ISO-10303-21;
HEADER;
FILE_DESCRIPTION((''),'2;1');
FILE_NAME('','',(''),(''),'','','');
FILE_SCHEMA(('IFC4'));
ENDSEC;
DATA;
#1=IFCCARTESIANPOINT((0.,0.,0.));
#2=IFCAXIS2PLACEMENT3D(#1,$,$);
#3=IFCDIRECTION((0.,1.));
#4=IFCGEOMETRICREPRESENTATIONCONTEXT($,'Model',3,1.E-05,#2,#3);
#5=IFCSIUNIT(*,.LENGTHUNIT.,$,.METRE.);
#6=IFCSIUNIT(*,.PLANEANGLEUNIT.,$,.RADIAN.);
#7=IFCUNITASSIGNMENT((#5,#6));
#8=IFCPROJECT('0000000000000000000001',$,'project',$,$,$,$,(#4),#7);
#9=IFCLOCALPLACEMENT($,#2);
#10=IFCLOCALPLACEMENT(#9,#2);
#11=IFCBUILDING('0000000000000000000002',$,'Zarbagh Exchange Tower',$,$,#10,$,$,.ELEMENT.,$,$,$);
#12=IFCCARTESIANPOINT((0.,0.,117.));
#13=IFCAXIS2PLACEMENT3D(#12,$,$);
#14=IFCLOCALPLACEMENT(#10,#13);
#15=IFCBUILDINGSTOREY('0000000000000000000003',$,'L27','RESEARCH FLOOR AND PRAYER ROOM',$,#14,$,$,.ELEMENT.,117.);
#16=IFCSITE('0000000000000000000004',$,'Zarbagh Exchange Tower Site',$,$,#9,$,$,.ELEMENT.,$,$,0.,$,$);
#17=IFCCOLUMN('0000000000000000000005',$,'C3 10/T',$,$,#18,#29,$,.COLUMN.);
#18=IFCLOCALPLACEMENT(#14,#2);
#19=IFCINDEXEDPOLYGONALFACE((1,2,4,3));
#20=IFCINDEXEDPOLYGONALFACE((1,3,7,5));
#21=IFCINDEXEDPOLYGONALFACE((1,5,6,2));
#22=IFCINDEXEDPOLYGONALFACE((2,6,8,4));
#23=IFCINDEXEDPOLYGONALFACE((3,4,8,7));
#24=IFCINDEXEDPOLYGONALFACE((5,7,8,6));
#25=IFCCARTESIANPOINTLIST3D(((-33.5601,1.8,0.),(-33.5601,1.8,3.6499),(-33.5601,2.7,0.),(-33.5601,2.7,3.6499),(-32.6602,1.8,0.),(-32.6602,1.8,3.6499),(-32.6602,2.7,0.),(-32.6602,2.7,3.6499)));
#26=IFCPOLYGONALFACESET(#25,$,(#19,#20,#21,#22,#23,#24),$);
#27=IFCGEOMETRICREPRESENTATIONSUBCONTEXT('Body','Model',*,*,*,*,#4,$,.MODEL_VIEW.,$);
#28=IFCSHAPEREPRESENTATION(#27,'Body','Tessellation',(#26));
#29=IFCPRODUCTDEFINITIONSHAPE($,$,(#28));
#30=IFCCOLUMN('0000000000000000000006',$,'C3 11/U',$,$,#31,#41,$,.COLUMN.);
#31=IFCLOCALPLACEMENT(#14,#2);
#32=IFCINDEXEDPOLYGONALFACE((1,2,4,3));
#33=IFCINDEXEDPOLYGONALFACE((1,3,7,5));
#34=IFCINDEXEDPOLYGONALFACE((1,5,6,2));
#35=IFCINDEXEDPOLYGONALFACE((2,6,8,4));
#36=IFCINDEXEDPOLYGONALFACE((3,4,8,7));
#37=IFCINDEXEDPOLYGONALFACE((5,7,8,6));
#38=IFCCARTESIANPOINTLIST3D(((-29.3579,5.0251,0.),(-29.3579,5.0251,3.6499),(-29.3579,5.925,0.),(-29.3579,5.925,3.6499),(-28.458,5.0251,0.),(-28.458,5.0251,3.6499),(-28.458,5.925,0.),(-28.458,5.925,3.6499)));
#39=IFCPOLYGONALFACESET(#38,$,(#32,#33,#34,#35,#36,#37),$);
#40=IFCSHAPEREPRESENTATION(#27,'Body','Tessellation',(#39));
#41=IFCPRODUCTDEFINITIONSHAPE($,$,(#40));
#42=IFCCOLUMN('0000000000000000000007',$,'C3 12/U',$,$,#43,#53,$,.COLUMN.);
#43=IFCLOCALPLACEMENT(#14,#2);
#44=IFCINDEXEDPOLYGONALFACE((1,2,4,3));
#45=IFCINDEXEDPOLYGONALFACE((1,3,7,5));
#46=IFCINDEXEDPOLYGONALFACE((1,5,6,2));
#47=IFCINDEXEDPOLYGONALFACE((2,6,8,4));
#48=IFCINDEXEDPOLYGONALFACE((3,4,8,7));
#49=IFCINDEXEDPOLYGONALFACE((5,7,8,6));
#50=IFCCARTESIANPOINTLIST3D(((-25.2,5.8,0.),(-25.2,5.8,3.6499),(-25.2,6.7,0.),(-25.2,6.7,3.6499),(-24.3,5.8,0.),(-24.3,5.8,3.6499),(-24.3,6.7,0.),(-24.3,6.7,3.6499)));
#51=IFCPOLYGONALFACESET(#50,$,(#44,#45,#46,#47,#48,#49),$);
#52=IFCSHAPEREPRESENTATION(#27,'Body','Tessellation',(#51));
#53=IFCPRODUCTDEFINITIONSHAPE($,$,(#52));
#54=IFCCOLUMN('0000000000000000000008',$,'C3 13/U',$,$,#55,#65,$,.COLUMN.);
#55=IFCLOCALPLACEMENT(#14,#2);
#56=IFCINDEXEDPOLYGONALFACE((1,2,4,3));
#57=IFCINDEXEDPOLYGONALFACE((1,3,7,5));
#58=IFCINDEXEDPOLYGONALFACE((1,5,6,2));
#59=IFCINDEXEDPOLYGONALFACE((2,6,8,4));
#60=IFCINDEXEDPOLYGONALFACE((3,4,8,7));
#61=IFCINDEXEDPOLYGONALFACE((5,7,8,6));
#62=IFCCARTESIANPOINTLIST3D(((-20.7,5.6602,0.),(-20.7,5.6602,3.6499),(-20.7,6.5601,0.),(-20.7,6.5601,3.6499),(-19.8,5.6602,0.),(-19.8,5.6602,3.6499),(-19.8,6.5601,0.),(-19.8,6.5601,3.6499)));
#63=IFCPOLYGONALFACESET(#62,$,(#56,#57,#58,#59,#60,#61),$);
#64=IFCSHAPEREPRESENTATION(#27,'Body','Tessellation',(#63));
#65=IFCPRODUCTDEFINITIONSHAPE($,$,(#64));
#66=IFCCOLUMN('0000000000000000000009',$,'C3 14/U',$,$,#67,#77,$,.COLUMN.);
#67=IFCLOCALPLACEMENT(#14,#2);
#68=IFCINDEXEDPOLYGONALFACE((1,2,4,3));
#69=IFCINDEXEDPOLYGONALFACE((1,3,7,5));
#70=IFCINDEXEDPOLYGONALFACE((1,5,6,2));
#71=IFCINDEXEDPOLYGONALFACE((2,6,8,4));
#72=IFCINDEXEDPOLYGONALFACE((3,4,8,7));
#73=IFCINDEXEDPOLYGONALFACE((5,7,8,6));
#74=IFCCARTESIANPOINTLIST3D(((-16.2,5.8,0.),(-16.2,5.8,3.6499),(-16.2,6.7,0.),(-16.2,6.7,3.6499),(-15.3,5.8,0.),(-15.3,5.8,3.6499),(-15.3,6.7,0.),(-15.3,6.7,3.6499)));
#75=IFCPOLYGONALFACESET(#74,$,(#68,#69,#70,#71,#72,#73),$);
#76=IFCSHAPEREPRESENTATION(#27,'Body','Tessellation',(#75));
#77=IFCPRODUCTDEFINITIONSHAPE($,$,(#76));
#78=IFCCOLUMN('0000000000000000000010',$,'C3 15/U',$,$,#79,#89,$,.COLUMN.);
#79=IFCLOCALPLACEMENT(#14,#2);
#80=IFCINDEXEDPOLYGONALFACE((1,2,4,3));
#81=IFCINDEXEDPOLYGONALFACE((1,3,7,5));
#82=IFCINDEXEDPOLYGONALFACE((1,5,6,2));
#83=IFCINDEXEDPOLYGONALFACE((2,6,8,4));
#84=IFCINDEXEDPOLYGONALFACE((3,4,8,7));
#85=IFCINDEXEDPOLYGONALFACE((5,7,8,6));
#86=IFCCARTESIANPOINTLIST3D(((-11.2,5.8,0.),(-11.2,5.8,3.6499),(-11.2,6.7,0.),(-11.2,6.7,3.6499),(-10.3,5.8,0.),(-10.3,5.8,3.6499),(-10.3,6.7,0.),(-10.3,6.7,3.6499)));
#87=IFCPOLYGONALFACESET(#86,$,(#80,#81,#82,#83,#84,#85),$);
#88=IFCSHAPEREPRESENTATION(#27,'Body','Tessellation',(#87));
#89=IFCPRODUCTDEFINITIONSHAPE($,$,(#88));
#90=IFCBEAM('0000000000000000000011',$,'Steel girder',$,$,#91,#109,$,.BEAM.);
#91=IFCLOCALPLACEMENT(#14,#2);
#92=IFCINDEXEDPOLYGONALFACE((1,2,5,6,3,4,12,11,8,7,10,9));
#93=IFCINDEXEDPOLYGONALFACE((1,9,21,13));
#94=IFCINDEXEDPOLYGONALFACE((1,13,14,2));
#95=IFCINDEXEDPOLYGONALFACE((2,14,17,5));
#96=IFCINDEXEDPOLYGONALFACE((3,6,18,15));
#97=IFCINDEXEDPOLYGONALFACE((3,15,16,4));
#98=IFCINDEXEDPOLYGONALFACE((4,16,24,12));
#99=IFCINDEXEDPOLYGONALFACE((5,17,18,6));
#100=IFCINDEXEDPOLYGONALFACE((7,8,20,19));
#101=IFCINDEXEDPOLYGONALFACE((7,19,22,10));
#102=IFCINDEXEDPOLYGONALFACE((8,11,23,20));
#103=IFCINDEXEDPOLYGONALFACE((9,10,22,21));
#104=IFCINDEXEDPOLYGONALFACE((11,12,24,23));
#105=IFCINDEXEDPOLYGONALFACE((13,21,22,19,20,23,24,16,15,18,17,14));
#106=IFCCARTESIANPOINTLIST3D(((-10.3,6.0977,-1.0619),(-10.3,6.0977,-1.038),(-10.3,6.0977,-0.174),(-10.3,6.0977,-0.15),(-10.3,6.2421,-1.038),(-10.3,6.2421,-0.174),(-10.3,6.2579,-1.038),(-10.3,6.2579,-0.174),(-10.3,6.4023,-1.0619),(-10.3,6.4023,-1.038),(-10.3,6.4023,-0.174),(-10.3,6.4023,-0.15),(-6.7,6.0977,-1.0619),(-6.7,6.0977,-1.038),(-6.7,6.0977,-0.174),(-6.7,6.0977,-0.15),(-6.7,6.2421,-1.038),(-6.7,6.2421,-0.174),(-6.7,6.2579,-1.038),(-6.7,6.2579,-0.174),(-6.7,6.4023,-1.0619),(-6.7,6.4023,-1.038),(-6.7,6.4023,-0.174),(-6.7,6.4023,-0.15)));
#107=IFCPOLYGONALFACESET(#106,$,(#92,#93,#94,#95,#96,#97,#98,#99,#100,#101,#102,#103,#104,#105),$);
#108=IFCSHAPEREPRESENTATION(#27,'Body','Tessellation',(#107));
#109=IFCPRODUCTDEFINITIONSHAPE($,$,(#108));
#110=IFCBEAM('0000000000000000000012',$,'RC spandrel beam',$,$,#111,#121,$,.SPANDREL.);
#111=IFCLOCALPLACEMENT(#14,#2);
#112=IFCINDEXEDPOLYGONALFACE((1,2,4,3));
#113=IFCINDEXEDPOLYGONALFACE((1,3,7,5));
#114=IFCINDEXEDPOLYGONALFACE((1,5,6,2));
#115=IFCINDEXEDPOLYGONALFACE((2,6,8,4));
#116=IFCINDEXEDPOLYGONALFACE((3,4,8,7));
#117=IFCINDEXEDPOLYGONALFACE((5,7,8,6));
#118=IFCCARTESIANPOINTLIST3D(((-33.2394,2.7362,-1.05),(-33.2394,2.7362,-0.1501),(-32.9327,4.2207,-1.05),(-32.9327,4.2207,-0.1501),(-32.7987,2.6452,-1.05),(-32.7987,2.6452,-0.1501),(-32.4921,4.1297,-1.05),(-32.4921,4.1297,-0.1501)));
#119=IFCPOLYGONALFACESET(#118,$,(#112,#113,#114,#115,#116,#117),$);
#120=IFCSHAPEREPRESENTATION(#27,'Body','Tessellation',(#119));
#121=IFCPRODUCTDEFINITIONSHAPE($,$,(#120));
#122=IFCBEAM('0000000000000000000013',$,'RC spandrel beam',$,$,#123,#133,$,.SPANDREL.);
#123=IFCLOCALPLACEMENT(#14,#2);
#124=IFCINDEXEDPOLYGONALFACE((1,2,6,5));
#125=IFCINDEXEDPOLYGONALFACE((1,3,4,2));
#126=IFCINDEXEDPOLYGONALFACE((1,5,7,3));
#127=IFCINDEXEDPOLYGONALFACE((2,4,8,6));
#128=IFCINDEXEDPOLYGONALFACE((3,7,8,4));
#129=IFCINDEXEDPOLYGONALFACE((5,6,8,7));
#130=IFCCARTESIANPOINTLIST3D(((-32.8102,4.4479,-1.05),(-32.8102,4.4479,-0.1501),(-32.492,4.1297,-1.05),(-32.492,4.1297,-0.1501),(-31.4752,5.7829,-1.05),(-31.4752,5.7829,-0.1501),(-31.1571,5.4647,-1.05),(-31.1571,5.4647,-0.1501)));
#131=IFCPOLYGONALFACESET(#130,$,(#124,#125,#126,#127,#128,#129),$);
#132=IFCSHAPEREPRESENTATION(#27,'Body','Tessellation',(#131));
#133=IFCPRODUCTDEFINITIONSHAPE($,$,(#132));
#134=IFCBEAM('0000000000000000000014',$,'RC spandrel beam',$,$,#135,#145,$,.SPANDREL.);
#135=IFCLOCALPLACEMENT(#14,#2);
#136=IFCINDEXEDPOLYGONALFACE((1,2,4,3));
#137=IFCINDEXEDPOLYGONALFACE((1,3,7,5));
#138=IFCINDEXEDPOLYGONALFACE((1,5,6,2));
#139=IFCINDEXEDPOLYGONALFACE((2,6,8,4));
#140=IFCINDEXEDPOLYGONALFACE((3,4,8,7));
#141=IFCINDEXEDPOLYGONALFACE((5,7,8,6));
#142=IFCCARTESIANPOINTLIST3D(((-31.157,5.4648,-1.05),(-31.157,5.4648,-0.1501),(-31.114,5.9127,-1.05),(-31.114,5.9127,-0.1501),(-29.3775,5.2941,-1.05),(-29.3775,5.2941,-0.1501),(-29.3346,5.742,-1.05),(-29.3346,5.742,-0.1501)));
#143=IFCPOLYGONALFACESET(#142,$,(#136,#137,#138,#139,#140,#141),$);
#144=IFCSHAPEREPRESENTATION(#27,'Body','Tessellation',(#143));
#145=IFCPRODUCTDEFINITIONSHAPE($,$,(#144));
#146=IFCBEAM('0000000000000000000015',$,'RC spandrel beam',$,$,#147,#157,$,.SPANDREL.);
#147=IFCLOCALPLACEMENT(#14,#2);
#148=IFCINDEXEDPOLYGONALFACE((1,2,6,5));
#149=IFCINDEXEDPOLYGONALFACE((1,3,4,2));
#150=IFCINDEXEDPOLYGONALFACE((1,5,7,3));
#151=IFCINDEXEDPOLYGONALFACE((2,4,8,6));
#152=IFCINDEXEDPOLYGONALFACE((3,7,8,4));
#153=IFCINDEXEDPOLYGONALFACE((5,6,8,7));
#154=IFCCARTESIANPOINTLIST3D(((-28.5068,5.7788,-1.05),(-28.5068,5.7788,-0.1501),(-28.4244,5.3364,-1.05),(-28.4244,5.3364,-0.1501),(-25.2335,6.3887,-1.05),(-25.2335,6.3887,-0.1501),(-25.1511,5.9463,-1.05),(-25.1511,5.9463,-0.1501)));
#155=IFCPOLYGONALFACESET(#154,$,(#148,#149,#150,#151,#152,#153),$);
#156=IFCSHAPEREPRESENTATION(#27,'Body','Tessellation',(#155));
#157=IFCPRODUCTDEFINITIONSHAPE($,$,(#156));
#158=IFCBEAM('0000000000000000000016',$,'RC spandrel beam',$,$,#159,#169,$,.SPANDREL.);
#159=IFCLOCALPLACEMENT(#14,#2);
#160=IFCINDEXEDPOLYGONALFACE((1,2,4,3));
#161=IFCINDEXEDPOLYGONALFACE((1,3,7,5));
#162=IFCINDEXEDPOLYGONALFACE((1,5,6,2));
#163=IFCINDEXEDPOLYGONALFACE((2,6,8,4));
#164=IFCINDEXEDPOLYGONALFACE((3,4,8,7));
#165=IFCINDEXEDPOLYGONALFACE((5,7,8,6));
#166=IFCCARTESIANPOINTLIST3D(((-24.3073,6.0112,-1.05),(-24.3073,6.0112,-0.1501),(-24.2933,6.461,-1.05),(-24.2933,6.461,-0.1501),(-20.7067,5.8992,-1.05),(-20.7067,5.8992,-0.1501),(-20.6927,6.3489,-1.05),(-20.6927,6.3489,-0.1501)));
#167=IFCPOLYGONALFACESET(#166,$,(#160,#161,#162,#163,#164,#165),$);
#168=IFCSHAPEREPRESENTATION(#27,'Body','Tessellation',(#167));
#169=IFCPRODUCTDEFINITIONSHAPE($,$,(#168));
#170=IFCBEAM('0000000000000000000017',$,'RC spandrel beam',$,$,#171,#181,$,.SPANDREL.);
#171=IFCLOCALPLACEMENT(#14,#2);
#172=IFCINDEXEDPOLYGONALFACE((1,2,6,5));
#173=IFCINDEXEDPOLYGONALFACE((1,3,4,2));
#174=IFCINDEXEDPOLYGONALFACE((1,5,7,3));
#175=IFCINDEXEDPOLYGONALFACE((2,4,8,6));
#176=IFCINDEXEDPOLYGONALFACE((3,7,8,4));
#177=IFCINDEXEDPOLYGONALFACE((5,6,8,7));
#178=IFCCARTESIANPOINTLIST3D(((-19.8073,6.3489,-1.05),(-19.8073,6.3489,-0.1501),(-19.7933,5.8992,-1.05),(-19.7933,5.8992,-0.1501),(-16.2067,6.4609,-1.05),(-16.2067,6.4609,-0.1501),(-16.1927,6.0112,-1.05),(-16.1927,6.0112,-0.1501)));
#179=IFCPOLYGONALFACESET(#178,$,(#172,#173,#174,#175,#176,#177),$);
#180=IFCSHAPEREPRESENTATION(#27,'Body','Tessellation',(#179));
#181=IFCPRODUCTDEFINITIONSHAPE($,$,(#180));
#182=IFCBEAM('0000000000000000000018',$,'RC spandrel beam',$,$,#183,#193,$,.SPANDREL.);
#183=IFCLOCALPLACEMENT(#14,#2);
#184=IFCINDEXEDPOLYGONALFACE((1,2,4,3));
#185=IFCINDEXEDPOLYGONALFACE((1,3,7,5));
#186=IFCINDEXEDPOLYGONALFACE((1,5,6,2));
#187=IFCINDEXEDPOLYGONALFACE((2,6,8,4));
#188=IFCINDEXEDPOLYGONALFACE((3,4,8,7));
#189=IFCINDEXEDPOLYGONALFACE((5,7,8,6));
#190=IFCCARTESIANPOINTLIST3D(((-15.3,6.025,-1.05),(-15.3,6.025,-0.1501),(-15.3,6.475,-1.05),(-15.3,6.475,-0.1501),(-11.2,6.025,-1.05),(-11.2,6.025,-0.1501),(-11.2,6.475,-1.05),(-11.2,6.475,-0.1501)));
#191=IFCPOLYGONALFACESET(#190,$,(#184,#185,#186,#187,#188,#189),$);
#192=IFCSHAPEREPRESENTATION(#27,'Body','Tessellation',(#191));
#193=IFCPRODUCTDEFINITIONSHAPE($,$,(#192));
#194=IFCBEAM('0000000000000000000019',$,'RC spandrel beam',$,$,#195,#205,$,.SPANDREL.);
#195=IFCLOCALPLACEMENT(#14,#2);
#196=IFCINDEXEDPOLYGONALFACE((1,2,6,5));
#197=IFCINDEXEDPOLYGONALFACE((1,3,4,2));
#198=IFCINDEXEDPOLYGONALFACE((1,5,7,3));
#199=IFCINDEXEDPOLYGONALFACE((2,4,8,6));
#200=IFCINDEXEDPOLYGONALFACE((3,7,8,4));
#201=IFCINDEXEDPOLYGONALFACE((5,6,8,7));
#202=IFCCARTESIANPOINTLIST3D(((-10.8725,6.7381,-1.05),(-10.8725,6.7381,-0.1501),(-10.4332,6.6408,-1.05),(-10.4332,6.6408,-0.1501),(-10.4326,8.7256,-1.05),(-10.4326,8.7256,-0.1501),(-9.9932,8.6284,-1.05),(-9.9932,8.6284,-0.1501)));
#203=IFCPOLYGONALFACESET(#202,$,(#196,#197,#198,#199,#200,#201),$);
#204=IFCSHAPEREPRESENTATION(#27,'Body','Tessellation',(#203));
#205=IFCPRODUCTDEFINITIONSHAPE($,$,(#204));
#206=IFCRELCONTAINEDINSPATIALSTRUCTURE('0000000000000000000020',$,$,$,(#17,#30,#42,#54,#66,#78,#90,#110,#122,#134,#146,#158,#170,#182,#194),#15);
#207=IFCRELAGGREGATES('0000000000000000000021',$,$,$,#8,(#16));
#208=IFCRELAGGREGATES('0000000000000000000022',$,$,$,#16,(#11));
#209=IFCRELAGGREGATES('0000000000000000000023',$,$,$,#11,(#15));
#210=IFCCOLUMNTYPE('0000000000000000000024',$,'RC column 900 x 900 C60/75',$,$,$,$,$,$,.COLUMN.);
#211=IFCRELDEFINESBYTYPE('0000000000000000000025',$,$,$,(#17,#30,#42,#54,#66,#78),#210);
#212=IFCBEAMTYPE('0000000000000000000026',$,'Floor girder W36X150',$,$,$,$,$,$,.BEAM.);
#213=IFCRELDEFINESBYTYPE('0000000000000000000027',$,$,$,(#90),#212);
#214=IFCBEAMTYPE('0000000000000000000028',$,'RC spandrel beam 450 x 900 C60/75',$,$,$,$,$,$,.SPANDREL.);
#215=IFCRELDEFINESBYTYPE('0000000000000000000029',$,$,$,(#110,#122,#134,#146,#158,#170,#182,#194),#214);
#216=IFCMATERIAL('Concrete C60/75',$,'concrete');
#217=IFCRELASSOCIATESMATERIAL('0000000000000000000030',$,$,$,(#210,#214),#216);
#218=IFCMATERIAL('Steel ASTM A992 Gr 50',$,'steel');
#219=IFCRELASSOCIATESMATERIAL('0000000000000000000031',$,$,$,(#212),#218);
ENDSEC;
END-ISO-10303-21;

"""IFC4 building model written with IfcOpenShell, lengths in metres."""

from ifc_helpers import new_model, si_unit, direction, frame, origin, origin_2d, place, context, subcontext, project, spatial, rectangle, i_section, extrude, material, material_profile, profile_set, type_object, element, save


model = new_model("IFC4")

# Units and contexts
model_context = context("Model", 3, precision=1e-05, world=origin(), true_north=direction((0.0, 1.0)))
body_context = subcontext(model_context, "Body", "Model", "MODEL_VIEW")
ifc_project = project(units=[si_unit("LENGTHUNIT", "METRE"), si_unit("PLANEANGLEUNIT", "RADIAN")], contexts=[model_context])

# Site, building, storey
site_placement = place(None, origin())
site = spatial("IfcSite", under=ifc_project, at=site_placement, Name="Zarbagh Exchange Tower Site", CompositionType="ELEMENT", RefElevation=0.0)
building_placement = place(site_placement, origin())
building = spatial("IfcBuilding", under=site, at=building_placement, Name="Zarbagh Exchange Tower", CompositionType="ELEMENT")
storey_placement = place(building_placement, frame((0.0, 0.0, 117.0)))
storey = spatial("IfcBuildingStorey", under=building, at=storey_placement, Name="L27", Description="RESEARCH FLOOR AND PRAYER ROOM", CompositionType="ELEMENT", Elevation=117.0)

# Columns
ifc_material_1 = material(Name="Concrete C60/75", Category="concrete")
ifc_material_profile_1 = material_profile(ifc_material_1, rectangle(XDim=0.8999, YDim=0.8999, at=origin_2d()), Name="RC column 900 x 900 C60/75")
ifc_profile_set_1 = profile_set([ifc_material_profile_1], Name="Concrete C60/75")
column_type = type_object("IfcColumnType", Name="RC column 900 x 900 C60/75", PredefinedType="COLUMN", material=ifc_profile_set_1)
for number, where, z_axis, x_axis, name in (
    (1, (-33.1101, 2.25, 0.0), (0.0, 0.0, 1.0), (1.0, 0.0, 0.0), "C3 10/T"),
    (2, (-28.908, 5.4751, 0.0), (0.0, 0.0, 1.0), (1.0, 0.0, 0.0), "C3 11/U"),
    (3, (-24.75, 6.25, 0.0), (0.0, 0.0, 1.0), (1.0, 0.0, 0.0), "C3 12/U"),
    (4, (-20.25, 6.1101, 0.0), (0.0, 0.0, 1.0), (1.0, 0.0, 0.0), "C3 13/U"),
    (5, (-15.75, 6.25, 0.0), (0.0, 0.0, 1.0), (1.0, 0.0, 0.0), "C3 14/U"),
    (6, (-10.75, 6.25, 0.0), (0.0, 0.0, 1.0), (1.0, 0.0, 0.0), "C3 15/U"),
):
    element("IfcColumn", number, at=place(storey_placement, frame(where, z_axis=z_axis, x_axis=x_axis)), inside=storey, type_object=column_type, Name=name, PredefinedType="COLUMN", context=body_context, shape_type="SweptSolid", body=[
        extrude(rectangle(XDim=0.8999, YDim=0.8999, at=origin_2d()), origin(), (0.0, 0.0, 1.0), 3.6499),
    ])

# Beams
ifc_material_2 = material(Name="Steel ASTM A992 Gr 50", Category="steel")
ifc_material_profile_2 = material_profile(ifc_material_2, i_section(OverallWidth=0.3047, OverallDepth=0.9119, WebThickness=0.0159, FlangeThickness=0.0239, at=origin_2d()), Name="W36X150")
ifc_profile_set_2 = profile_set([ifc_material_profile_2], Name="Steel ASTM A992 Gr 50")
beam_type_1 = type_object("IfcBeamType", Name="Floor girder W36X150", PredefinedType="BEAM", material=ifc_profile_set_2)
beam_1_placement = place(storey_placement, frame((-10.3, 6.25, -0.606), z_axis=(1.0, 0.0, 0.0), x_axis=(0.0, 1.0, 0.0)))
element("IfcBeam", 7, at=beam_1_placement, inside=storey, type_object=beam_type_1, Name="Steel girder", PredefinedType="BEAM", context=body_context, shape_type="SweptSolid", body=[
    extrude(i_section(OverallWidth=0.3047, OverallDepth=0.9119, WebThickness=0.0159, FlangeThickness=0.0239, at=origin_2d()), origin(), (0.0, 0.0, 1.0), 3.6001),
])
ifc_material_profile_3 = material_profile(ifc_material_1, rectangle(XDim=0.45, YDim=0.8999, at=origin_2d()), Name="RC spandrel beam 450 x 900 C60/75")
ifc_profile_set_3 = profile_set([ifc_material_profile_3], Name="Concrete C60/75")
beam_type_2 = type_object("IfcBeamType", Name="RC spandrel beam 450 x 900 C60/75", PredefinedType="SPANDREL", material=ifc_profile_set_3)
beam_2_placement = place(storey_placement, frame((-33.019, 2.6907, -0.6001), z_axis=(0.202275, 0.979329, 0.0), x_axis=(-0.979329, 0.202275, 0.0)))
element("IfcBeam", 8, at=beam_2_placement, inside=storey, type_object=beam_type_2, Name="RC spandrel beam", PredefinedType="SPANDREL", context=body_context, shape_type="SweptSolid", body=[
    extrude(rectangle(XDim=0.45, YDim=0.8999, at=origin_2d()), origin(), (0.0, 0.0, 1.0), 1.5159),
])
beam_3_placement = place(storey_placement, frame((-32.6511, 4.2888, -0.6001), z_axis=(0.707107, 0.707107, 0.0), x_axis=(-0.707107, 0.707107, 0.0)))
element("IfcBeam", 9, at=beam_3_placement, inside=storey, type_object=beam_type_2, Name="RC spandrel beam", PredefinedType="SPANDREL", context=body_context, shape_type="SweptSolid", body=[
    extrude(rectangle(XDim=0.45, YDim=0.8999, at=origin_2d()), origin(), (0.0, 0.0, 1.0), 1.8879),
])
beam_4_placement = place(storey_placement, frame((-31.1355, 5.6887, -0.6001), z_axis=(0.995433, -0.09546, 0.0), x_axis=(0.09546, 0.995433, 0.0)))
element("IfcBeam", 10, at=beam_4_placement, inside=storey, type_object=beam_type_2, Name="RC spandrel beam", PredefinedType="SPANDREL", context=body_context, shape_type="SweptSolid", body=[
    extrude(rectangle(XDim=0.45, YDim=0.8999, at=origin_2d()), origin(), (0.0, 0.0, 1.0), 1.7876),
])
beam_5_placement = place(storey_placement, frame((-28.4656, 5.5576, -0.6001), z_axis=(0.983082, 0.183168, 0.0), x_axis=(-0.183168, 0.983082, 0.0)))
element("IfcBeam", 11, at=beam_5_placement, inside=storey, type_object=beam_type_2, Name="RC spandrel beam", PredefinedType="SPANDREL", context=body_context, shape_type="SweptSolid", body=[
    extrude(rectangle(XDim=0.45, YDim=0.8999, at=origin_2d()), origin(), (0.0, 0.0, 1.0), 3.3296),
])
for number, where, z_axis, x_axis, name in (
    (12, (-24.3003, 6.2361, -0.6001), (0.999516, -0.031108, 0.0), (0.031108, 0.999516, 0.0), "RC spandrel beam"),
    (13, (-19.8003, 6.124, -0.6001), (0.999516, 0.031108, 0.0), (-0.031108, 0.999516, 0.0), "RC spandrel beam"),
):
    element("IfcBeam", number, at=place(storey_placement, frame(where, z_axis=z_axis, x_axis=x_axis)), inside=storey, type_object=beam_type_2, Name=name, PredefinedType="SPANDREL", context=body_context, shape_type="SweptSolid", body=[
        extrude(rectangle(XDim=0.45, YDim=0.8999, at=origin_2d()), origin(), (0.0, 0.0, 1.0), 3.6023),
    ])
beam_6_placement = place(storey_placement, frame((-15.3, 6.25, -0.6001), z_axis=(1.0, 0.0, 0.0), x_axis=(0.0, 1.0, 0.0)))
element("IfcBeam", 14, at=beam_6_placement, inside=storey, type_object=beam_type_2, Name="RC spandrel beam", PredefinedType="SPANDREL", context=body_context, shape_type="SweptSolid", body=[
    extrude(rectangle(XDim=0.45, YDim=0.8999, at=origin_2d()), origin(), (0.0, 0.0, 1.0), 4.1001),
])
beam_7_placement = place(storey_placement, frame((-10.6528, 6.6895, -0.6001), z_axis=(0.216118, 0.976367, 0.0), x_axis=(-0.976367, 0.216118, 0.0)))
element("IfcBeam", 15, at=beam_7_placement, inside=storey, type_object=beam_type_2, Name="RC spandrel beam", PredefinedType="SPANDREL", context=body_context, shape_type="SweptSolid", body=[
    extrude(rectangle(XDim=0.45, YDim=0.8999, at=origin_2d()), origin(), (0.0, 0.0, 1.0), 2.0356),
])

save(model, "model.ifc")
